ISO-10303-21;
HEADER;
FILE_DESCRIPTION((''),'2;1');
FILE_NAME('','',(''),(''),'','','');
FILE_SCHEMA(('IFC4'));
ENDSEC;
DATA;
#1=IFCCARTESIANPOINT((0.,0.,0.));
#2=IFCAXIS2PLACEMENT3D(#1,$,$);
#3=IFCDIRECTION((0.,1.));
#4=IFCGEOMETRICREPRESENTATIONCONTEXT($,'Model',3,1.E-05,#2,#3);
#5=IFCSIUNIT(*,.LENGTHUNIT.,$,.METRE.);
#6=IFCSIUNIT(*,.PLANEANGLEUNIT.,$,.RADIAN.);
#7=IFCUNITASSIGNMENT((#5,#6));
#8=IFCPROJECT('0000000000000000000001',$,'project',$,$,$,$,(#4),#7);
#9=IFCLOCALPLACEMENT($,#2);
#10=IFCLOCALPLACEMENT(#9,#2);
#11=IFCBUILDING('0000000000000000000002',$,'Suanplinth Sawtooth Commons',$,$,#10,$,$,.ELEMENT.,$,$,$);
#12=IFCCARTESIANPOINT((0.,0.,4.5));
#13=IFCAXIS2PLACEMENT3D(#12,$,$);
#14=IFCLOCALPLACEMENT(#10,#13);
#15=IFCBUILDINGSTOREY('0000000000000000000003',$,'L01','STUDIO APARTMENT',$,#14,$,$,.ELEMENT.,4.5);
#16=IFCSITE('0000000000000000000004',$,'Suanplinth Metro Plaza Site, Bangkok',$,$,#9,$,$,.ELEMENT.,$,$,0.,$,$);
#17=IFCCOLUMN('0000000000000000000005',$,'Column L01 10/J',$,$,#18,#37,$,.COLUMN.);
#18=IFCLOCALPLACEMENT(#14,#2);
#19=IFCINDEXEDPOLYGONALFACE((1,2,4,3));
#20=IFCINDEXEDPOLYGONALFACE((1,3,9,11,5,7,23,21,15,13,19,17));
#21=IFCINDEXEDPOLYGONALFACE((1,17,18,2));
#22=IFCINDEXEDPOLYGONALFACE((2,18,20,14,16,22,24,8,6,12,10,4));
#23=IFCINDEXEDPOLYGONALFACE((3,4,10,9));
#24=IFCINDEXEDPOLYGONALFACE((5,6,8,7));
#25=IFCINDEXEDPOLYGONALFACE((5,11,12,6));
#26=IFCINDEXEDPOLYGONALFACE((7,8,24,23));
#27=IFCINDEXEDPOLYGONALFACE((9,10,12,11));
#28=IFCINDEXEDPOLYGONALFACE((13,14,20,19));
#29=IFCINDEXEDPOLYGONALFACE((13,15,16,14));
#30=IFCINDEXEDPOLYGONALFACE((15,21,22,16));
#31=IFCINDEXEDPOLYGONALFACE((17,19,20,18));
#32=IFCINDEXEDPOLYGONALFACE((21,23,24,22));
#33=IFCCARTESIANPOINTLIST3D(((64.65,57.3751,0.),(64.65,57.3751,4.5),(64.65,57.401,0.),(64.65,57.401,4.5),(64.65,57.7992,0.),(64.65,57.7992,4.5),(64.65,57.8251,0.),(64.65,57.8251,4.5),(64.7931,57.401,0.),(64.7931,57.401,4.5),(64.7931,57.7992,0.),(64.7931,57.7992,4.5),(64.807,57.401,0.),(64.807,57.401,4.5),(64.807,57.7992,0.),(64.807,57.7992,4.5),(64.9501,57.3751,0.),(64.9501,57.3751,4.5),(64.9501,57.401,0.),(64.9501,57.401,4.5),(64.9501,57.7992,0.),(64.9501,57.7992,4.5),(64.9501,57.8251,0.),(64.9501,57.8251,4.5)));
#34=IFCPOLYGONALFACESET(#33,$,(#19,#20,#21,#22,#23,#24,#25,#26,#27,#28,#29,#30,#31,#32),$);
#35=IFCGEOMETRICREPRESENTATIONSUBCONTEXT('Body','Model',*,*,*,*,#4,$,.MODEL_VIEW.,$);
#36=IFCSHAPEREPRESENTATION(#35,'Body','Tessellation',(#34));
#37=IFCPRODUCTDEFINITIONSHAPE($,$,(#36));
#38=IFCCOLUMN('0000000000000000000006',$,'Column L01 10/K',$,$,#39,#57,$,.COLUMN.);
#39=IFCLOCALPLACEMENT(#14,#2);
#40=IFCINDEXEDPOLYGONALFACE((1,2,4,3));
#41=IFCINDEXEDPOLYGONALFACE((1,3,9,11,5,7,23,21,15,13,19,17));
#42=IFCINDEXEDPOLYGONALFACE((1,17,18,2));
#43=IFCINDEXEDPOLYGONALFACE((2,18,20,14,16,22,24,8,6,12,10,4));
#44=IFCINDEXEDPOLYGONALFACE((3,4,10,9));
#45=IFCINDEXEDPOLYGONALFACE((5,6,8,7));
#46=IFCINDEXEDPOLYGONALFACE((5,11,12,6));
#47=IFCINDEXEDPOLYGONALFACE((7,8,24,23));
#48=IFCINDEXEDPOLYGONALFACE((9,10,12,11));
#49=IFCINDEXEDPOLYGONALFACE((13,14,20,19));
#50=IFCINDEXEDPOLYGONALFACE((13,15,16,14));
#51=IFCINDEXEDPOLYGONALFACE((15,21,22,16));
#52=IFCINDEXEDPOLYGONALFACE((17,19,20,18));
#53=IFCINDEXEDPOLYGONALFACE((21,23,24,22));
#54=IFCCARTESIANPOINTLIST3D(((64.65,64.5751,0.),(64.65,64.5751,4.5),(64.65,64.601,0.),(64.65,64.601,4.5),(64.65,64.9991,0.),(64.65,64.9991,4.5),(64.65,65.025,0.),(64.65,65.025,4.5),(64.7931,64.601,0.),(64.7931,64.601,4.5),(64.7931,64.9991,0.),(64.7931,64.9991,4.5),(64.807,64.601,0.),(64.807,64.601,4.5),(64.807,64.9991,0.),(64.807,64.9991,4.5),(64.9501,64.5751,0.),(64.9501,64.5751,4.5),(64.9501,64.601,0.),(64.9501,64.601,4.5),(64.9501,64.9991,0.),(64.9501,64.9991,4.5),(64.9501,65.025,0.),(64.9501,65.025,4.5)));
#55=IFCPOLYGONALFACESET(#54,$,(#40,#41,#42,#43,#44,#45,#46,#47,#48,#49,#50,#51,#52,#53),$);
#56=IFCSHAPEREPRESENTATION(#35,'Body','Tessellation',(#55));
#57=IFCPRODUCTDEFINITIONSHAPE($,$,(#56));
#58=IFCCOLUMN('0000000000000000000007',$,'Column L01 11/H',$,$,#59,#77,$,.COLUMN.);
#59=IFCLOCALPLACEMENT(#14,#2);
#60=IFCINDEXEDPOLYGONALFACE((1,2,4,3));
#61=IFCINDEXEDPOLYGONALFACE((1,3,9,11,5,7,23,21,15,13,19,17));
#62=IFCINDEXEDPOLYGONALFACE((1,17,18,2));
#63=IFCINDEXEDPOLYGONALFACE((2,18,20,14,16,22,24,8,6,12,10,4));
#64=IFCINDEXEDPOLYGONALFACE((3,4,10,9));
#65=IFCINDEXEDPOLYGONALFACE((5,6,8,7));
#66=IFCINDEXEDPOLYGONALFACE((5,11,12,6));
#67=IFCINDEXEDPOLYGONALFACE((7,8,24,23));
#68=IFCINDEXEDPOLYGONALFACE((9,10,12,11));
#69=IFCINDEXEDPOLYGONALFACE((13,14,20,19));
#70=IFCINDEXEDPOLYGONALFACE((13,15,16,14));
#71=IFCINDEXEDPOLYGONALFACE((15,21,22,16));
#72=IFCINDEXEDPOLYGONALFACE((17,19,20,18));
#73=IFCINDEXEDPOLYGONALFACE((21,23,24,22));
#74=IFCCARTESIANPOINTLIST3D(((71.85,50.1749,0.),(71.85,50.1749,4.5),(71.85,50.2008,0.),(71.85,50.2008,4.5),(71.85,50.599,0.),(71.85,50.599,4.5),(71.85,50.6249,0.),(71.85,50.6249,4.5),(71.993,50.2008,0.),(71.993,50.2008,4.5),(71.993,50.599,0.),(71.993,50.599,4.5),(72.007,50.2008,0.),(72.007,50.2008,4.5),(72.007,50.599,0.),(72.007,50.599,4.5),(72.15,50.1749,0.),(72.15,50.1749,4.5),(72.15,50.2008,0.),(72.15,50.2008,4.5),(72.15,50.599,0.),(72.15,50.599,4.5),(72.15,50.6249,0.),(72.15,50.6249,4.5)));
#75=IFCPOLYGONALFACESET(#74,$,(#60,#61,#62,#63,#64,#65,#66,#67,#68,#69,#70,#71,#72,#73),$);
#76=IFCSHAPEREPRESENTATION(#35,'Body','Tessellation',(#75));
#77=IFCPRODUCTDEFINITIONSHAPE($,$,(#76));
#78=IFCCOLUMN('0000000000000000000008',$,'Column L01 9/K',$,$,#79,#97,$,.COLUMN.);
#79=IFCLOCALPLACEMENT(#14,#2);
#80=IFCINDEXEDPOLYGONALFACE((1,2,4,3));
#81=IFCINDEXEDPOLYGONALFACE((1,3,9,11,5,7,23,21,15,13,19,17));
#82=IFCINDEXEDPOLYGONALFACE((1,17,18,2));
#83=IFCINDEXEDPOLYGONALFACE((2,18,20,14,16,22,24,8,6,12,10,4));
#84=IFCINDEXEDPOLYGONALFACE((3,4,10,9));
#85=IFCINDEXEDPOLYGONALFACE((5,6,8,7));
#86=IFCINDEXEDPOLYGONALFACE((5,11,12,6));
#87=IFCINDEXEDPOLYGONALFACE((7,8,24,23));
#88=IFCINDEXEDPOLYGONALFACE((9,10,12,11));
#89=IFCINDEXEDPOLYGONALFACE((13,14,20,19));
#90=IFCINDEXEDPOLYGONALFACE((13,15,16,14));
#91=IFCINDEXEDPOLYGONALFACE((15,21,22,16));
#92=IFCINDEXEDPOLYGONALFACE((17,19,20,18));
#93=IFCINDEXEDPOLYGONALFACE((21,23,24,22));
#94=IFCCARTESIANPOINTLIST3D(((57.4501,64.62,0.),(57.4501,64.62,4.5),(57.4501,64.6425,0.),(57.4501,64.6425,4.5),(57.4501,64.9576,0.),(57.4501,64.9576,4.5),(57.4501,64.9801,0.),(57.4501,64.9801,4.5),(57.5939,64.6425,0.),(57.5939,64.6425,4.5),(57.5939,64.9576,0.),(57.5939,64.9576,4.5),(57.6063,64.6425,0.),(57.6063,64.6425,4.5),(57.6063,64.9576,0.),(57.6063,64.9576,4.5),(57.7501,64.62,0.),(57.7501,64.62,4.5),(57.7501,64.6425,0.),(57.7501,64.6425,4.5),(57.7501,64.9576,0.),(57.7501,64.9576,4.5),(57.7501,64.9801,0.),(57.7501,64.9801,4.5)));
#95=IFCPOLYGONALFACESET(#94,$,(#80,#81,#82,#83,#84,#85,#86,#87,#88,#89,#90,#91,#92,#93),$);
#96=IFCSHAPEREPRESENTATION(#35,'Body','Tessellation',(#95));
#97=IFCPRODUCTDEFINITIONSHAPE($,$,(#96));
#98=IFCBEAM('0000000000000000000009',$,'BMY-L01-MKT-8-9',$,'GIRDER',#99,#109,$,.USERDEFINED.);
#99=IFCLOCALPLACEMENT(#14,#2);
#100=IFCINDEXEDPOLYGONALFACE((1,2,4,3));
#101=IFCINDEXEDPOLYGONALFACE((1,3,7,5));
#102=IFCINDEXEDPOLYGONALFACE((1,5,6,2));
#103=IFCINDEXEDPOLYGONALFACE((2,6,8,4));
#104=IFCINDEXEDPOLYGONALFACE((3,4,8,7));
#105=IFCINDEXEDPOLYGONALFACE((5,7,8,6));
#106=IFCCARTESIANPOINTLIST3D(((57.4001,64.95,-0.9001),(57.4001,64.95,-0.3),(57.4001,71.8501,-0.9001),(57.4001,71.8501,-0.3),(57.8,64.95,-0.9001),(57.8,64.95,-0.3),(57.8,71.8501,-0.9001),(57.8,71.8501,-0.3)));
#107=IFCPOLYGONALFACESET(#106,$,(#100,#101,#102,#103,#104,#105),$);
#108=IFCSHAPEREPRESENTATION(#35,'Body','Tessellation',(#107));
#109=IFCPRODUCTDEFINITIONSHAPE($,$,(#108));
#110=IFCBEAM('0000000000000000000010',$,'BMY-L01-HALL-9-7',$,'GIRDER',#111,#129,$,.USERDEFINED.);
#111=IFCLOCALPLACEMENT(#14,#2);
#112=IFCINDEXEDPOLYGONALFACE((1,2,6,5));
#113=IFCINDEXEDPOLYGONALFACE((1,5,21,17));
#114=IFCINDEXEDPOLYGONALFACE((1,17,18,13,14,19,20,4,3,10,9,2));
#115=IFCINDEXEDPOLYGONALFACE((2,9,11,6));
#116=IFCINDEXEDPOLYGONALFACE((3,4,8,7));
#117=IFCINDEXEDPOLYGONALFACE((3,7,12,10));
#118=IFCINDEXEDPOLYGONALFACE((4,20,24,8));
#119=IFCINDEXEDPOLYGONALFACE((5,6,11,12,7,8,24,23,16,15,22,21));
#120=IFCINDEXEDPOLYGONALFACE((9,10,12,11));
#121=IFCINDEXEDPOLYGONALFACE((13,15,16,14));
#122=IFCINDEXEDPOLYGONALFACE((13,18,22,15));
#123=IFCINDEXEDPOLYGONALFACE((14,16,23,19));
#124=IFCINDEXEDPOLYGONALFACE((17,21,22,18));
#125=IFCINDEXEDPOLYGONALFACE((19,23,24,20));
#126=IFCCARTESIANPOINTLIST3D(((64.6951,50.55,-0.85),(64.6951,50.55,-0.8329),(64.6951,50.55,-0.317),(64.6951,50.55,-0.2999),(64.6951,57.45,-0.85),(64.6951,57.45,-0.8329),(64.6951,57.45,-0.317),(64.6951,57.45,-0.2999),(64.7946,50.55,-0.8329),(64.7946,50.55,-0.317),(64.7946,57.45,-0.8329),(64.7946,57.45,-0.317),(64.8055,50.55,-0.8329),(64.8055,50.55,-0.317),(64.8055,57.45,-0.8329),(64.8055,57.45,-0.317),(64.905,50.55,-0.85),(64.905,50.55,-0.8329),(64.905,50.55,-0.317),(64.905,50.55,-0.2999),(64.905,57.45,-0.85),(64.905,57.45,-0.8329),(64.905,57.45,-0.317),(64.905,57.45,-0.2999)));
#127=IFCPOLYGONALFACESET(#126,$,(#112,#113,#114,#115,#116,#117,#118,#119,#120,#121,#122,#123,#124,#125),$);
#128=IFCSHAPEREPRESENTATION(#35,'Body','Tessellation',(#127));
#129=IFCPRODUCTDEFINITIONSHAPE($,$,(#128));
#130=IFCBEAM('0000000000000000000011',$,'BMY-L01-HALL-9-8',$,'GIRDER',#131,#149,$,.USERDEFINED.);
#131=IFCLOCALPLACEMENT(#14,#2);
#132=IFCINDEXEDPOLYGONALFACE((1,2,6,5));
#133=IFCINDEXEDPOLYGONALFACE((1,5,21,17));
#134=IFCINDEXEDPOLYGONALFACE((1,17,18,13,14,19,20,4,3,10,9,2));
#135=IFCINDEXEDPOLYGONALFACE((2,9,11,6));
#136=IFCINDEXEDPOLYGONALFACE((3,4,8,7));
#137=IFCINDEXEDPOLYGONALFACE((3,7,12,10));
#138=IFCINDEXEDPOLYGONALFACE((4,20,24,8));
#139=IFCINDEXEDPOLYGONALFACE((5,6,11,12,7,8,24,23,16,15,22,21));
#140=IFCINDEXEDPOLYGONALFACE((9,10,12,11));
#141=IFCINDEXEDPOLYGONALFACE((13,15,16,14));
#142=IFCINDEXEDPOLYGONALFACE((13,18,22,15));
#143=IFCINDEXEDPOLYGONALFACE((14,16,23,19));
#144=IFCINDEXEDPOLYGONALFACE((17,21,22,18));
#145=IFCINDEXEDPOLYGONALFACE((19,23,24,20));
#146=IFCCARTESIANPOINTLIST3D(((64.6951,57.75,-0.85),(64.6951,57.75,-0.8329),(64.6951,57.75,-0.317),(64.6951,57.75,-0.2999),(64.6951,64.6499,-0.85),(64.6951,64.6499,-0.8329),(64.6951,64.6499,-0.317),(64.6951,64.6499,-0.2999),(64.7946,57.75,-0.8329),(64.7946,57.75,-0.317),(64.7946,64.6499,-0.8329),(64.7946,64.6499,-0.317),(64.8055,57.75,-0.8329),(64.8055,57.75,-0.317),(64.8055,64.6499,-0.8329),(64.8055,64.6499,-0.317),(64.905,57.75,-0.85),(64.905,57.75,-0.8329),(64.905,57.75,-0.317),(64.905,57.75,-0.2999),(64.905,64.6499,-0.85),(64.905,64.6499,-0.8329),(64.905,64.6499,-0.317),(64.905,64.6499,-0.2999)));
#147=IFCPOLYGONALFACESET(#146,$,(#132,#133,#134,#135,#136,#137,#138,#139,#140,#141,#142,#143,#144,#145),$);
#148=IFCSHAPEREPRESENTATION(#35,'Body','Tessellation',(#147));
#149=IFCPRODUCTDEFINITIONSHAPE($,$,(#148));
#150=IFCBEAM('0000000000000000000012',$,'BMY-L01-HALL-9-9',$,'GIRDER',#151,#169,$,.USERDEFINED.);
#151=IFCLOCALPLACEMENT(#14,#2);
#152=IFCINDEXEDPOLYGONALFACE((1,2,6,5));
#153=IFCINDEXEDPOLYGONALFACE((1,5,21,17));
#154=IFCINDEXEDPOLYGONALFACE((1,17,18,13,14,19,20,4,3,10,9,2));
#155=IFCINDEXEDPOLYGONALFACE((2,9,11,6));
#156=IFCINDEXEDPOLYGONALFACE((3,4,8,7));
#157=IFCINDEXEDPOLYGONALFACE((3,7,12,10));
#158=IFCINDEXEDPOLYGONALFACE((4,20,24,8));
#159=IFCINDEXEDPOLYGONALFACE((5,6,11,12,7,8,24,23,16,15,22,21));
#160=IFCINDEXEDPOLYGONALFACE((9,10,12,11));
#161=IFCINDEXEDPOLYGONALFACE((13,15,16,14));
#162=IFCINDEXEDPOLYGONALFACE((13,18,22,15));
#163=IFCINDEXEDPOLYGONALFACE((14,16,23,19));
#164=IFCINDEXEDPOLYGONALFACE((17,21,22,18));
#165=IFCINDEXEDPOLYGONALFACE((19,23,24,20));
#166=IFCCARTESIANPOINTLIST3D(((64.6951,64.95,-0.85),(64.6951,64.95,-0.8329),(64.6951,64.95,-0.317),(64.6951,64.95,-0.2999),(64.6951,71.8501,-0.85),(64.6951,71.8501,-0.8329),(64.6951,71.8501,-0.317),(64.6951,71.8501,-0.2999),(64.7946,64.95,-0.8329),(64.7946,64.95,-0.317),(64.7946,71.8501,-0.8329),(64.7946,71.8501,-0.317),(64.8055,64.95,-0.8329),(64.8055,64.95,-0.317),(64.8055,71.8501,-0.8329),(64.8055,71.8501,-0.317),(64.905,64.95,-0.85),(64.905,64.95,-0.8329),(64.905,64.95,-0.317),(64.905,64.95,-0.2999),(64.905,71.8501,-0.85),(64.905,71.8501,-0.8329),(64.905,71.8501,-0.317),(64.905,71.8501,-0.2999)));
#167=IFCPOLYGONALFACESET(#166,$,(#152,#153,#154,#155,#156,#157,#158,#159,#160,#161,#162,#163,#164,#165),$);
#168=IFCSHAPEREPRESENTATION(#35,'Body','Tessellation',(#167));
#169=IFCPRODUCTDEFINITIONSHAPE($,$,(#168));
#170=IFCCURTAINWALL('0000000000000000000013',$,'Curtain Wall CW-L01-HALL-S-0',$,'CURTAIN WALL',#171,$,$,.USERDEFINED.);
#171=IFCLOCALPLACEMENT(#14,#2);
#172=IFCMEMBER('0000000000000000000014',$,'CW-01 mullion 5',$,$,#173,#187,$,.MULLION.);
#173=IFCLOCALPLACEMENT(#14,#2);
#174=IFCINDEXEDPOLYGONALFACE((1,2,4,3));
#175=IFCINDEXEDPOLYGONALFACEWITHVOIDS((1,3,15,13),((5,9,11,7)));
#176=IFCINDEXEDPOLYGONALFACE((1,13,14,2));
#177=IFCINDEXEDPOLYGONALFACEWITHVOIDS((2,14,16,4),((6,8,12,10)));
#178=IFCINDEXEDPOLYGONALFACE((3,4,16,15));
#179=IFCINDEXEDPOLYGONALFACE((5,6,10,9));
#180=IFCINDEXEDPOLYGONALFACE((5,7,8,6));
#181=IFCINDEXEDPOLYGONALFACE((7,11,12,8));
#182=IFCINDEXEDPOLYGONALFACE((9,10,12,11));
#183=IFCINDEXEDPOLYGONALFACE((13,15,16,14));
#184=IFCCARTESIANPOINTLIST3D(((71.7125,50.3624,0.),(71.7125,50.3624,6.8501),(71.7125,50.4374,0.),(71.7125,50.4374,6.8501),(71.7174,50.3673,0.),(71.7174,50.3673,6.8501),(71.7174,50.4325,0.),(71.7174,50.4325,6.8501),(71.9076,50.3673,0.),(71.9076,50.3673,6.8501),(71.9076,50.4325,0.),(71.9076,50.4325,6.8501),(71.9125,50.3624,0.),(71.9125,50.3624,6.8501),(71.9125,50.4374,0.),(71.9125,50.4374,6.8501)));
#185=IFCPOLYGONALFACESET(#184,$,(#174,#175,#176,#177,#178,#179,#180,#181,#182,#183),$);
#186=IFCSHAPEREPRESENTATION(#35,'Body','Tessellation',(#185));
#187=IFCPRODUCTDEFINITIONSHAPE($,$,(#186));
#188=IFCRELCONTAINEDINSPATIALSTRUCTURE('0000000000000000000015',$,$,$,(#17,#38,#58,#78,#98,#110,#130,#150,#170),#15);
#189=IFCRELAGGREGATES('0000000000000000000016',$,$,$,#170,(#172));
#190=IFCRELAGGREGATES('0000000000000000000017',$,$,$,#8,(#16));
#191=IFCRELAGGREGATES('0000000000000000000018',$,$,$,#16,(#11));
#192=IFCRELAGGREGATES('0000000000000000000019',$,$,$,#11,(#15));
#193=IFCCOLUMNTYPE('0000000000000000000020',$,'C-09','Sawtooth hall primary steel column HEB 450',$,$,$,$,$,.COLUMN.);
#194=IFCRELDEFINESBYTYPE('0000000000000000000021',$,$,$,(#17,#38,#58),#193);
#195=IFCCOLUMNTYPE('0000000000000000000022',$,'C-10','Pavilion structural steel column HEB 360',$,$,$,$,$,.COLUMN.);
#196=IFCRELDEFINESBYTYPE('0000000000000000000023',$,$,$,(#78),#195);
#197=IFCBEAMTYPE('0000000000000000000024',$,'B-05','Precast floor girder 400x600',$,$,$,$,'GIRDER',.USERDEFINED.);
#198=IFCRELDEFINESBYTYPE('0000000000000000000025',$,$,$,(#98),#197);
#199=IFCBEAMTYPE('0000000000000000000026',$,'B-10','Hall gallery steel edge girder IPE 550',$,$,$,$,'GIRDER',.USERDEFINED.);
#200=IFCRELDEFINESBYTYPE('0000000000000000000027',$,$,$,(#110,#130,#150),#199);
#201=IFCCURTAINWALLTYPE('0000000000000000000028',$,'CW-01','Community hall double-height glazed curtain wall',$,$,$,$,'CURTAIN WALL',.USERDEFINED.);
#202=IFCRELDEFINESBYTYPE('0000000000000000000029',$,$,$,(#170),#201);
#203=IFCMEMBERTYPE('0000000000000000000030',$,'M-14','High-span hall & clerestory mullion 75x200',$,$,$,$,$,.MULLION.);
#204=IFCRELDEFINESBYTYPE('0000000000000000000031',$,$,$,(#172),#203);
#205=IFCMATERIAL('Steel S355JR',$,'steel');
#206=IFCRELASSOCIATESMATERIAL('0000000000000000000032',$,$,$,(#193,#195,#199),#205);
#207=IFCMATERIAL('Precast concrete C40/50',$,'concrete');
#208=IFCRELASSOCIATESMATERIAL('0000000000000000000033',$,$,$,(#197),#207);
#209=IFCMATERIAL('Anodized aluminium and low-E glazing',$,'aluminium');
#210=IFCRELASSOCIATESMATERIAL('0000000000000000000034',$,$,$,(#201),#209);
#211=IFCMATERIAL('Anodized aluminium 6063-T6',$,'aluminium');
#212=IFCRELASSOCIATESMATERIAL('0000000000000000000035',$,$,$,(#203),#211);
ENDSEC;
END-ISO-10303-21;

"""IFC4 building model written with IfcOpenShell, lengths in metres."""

from ifc_helpers import new_model, si_unit, direction, frame, origin, origin_2d, place, context, subcontext, project, spatial, rectangle, hollow_rectangle, i_section, extrude, material, material_profile, profile_set, type_object, element, aggregate, save


model = new_model("IFC4")

# Units and contexts
model_context = context("Model", 3, precision=1e-05, world=origin(), true_north=direction((0.0, 1.0)))
body_context = subcontext(model_context, "Body", "Model", "MODEL_VIEW")
ifc_project = project(units=[si_unit("LENGTHUNIT", "METRE"), si_unit("PLANEANGLEUNIT", "RADIAN")], contexts=[model_context])

# Site, building, storey
site_placement = place(None, origin())
site = spatial("IfcSite", under=ifc_project, at=site_placement, Name="Suanplinth Metro Plaza Site, Bangkok", CompositionType="ELEMENT", RefElevation=0.0)
building_placement = place(site_placement, origin())
building = spatial("IfcBuilding", under=site, at=building_placement, Name="Suanplinth Sawtooth Commons", CompositionType="ELEMENT")
storey_placement = place(building_placement, frame((0.0, 0.0, 4.5)))
storey = spatial("IfcBuildingStorey", under=building, at=storey_placement, Name="L01", Description="STUDIO APARTMENT", CompositionType="ELEMENT", Elevation=4.5)

# Columns
ifc_material_1 = material(Name="Steel S355JR", Category="steel")
ifc_material_profile_1 = material_profile(ifc_material_1, i_section(OverallWidth=0.3, OverallDepth=0.45, WebThickness=0.0139, FlangeThickness=0.0259, at=origin_2d()), Name="HEB 450")
ifc_profile_set_1 = profile_set([ifc_material_profile_1], Name="Steel S355JR")
column_type_1 = type_object("IfcColumnType", Name="C-09", Description="Sawtooth hall primary steel column HEB 450", PredefinedType="COLUMN", material=ifc_profile_set_1)
for number, where, z_axis, x_axis, name in (
    (1, (64.8, 57.6001, 0.0), (0.0, 0.0, 1.0), (1.0, 0.0, 0.0), "Column L01 10/J"),
    (2, (64.8, 64.8, 0.0), (0.0, 0.0, 1.0), (1.0, 0.0, 0.0), "Column L01 10/K"),
    (3, (72.0, 50.3999, 0.0), (0.0, 0.0, 1.0), (1.0, 0.0, 0.0), "Column L01 11/H"),
):
    element("IfcColumn", number, at=place(storey_placement, frame(where, z_axis=z_axis, x_axis=x_axis)), inside=storey, type_object=column_type_1, Name=name, PredefinedType="COLUMN", context=body_context, shape_type="SweptSolid", body=[
        extrude(i_section(OverallWidth=0.3, OverallDepth=0.45, WebThickness=0.0139, FlangeThickness=0.0259, at=origin_2d()), origin(), (0.0, 0.0, 1.0), 4.5),
    ])
ifc_material_profile_2 = material_profile(ifc_material_1, i_section(OverallWidth=0.3, OverallDepth=0.3601, WebThickness=0.0125, FlangeThickness=0.0225, at=origin_2d()), Name="HEB 360")
ifc_profile_set_2 = profile_set([ifc_material_profile_2], Name="Steel S355JR")
column_type_2 = type_object("IfcColumnType", Name="C-10", Description="Pavilion structural steel column HEB 360", PredefinedType="COLUMN", material=ifc_profile_set_2)
column_placement = place(storey_placement, frame((57.6001, 64.8, 0.0), z_axis=(0.0, 0.0, 1.0), x_axis=(1.0, 0.0, 0.0)))
element("IfcColumn", 4, at=column_placement, inside=storey, type_object=column_type_2, Name="Column L01 9/K", PredefinedType="COLUMN", context=body_context, shape_type="SweptSolid", body=[
    extrude(i_section(OverallWidth=0.3, OverallDepth=0.3601, WebThickness=0.0125, FlangeThickness=0.0225, at=origin_2d()), origin(), (0.0, 0.0, 1.0), 4.5),
])

# Beams
ifc_material_2 = material(Name="Precast concrete C40/50", Category="concrete")
ifc_material_profile_3 = material_profile(ifc_material_2, rectangle(XDim=0.3999, YDim=0.6001, at=origin_2d()), Name="PC-GDR 400x600")
ifc_profile_set_3 = profile_set([ifc_material_profile_3], Name="Precast concrete C40/50")
beam_type_1 = type_object("IfcBeamType", Name="B-05", Description="Precast floor girder 400x600", ElementType="GIRDER", PredefinedType="USERDEFINED", material=ifc_profile_set_3)
beam_1_placement = place(storey_placement, frame((57.6001, 64.95, -0.6001), z_axis=(0.0, 1.0, 0.0), x_axis=(-1.0, 0.0, 0.0)))
element("IfcBeam", 5, at=beam_1_placement, inside=storey, type_object=beam_type_1, Name="BMY-L01-MKT-8-9", ObjectType="GIRDER", PredefinedType="USERDEFINED", context=body_context, shape_type="SweptSolid", body=[
    extrude(rectangle(XDim=0.3999, YDim=0.6001, at=origin_2d()), origin(), (0.0, 0.0, 1.0), 6.9001),
])
ifc_material_profile_4 = material_profile(ifc_material_1, i_section(OverallWidth=0.21, OverallDepth=0.55, WebThickness=0.011, FlangeThickness=0.0171, at=origin_2d()), Name="IPE 550")
ifc_profile_set_4 = profile_set([ifc_material_profile_4], Name="Steel S355JR")
beam_type_2 = type_object("IfcBeamType", Name="B-10", Description="Hall gallery steel edge girder IPE 550", ElementType="GIRDER", PredefinedType="USERDEFINED", material=ifc_profile_set_4)
for number, where, z_axis, x_axis, name in (
    (6, (64.8, 50.55, -0.575), (0.0, 1.0, 0.0), (-1.0, 0.0, 0.0), "BMY-L01-HALL-9-7"),
    (7, (64.8, 57.75, -0.575), (0.0, 1.0, 0.0), (-1.0, 0.0, 0.0), "BMY-L01-HALL-9-8"),
):
    element("IfcBeam", number, at=place(storey_placement, frame(where, z_axis=z_axis, x_axis=x_axis)), inside=storey, type_object=beam_type_2, Name=name, ObjectType="GIRDER", PredefinedType="USERDEFINED", context=body_context, shape_type="SweptSolid", body=[
        extrude(i_section(OverallWidth=0.21, OverallDepth=0.55, WebThickness=0.011, FlangeThickness=0.0171, at=origin_2d()), origin(), (0.0, 0.0, 1.0), 6.8999),
    ])
beam_2_placement = place(storey_placement, frame((64.8, 64.95, -0.575), z_axis=(0.0, 1.0, 0.0), x_axis=(-1.0, 0.0, 0.0)))
element("IfcBeam", 8, at=beam_2_placement, inside=storey, type_object=beam_type_2, Name="BMY-L01-HALL-9-9", ObjectType="GIRDER", PredefinedType="USERDEFINED", context=body_context, shape_type="SweptSolid", body=[
    extrude(i_section(OverallWidth=0.21, OverallDepth=0.55, WebThickness=0.011, FlangeThickness=0.0171, at=origin_2d()), origin(), (0.0, 0.0, 1.0), 6.9001),
])

# Curtain wall, member
ifc_material_3 = material(Name="Anodized aluminium and low-E glazing", Category="aluminium")
curtain_wall_type = type_object("IfcCurtainWallType", Name="CW-01", Description="Community hall double-height glazed curtain wall", ElementType="CURTAIN WALL", PredefinedType="USERDEFINED", material=ifc_material_3)
curtain_wall_placement = place(storey_placement, origin())
curtain_wall = element("IfcCurtainWall", 9, at=curtain_wall_placement, inside=storey, type_object=curtain_wall_type, Name="Curtain Wall CW-L01-HALL-S-0", ObjectType="CURTAIN WALL", PredefinedType="USERDEFINED")
ifc_material_4 = material(Name="Anodized aluminium 6063-T6", Category="aluminium")
ifc_material_profile_5 = material_profile(ifc_material_4, hollow_rectangle(XDim=0.075, YDim=0.2, WallThickness=0.0049, at=origin_2d()), Name="ALU-MUL 75x200")
ifc_profile_set_5 = profile_set([ifc_material_profile_5], Name="Anodized aluminium 6063-T6")
member_type_1 = type_object("IfcMemberType", Name="M-14", Description="High-span hall & clerestory mullion 75x200", PredefinedType="MULLION", material=ifc_profile_set_5)
member_1_placement = place(storey_placement, frame((71.8125, 50.3999, 0.0), z_axis=(0.0, 0.0, 1.0), x_axis=(0.0, 1.0, 0.0)))
member_1 = element("IfcMember", 10, at=member_1_placement, type_object=member_type_1, Name="CW-01 mullion 5", PredefinedType="MULLION", context=body_context, shape_type="SweptSolid", body=[
    extrude(hollow_rectangle(XDim=0.075, YDim=0.2, WallThickness=0.0049, at=origin_2d()), origin(), (0.0, 0.0, 1.0), 6.8501),
])
aggregate(curtain_wall, [member_1])

save(model, "model.ifc")
